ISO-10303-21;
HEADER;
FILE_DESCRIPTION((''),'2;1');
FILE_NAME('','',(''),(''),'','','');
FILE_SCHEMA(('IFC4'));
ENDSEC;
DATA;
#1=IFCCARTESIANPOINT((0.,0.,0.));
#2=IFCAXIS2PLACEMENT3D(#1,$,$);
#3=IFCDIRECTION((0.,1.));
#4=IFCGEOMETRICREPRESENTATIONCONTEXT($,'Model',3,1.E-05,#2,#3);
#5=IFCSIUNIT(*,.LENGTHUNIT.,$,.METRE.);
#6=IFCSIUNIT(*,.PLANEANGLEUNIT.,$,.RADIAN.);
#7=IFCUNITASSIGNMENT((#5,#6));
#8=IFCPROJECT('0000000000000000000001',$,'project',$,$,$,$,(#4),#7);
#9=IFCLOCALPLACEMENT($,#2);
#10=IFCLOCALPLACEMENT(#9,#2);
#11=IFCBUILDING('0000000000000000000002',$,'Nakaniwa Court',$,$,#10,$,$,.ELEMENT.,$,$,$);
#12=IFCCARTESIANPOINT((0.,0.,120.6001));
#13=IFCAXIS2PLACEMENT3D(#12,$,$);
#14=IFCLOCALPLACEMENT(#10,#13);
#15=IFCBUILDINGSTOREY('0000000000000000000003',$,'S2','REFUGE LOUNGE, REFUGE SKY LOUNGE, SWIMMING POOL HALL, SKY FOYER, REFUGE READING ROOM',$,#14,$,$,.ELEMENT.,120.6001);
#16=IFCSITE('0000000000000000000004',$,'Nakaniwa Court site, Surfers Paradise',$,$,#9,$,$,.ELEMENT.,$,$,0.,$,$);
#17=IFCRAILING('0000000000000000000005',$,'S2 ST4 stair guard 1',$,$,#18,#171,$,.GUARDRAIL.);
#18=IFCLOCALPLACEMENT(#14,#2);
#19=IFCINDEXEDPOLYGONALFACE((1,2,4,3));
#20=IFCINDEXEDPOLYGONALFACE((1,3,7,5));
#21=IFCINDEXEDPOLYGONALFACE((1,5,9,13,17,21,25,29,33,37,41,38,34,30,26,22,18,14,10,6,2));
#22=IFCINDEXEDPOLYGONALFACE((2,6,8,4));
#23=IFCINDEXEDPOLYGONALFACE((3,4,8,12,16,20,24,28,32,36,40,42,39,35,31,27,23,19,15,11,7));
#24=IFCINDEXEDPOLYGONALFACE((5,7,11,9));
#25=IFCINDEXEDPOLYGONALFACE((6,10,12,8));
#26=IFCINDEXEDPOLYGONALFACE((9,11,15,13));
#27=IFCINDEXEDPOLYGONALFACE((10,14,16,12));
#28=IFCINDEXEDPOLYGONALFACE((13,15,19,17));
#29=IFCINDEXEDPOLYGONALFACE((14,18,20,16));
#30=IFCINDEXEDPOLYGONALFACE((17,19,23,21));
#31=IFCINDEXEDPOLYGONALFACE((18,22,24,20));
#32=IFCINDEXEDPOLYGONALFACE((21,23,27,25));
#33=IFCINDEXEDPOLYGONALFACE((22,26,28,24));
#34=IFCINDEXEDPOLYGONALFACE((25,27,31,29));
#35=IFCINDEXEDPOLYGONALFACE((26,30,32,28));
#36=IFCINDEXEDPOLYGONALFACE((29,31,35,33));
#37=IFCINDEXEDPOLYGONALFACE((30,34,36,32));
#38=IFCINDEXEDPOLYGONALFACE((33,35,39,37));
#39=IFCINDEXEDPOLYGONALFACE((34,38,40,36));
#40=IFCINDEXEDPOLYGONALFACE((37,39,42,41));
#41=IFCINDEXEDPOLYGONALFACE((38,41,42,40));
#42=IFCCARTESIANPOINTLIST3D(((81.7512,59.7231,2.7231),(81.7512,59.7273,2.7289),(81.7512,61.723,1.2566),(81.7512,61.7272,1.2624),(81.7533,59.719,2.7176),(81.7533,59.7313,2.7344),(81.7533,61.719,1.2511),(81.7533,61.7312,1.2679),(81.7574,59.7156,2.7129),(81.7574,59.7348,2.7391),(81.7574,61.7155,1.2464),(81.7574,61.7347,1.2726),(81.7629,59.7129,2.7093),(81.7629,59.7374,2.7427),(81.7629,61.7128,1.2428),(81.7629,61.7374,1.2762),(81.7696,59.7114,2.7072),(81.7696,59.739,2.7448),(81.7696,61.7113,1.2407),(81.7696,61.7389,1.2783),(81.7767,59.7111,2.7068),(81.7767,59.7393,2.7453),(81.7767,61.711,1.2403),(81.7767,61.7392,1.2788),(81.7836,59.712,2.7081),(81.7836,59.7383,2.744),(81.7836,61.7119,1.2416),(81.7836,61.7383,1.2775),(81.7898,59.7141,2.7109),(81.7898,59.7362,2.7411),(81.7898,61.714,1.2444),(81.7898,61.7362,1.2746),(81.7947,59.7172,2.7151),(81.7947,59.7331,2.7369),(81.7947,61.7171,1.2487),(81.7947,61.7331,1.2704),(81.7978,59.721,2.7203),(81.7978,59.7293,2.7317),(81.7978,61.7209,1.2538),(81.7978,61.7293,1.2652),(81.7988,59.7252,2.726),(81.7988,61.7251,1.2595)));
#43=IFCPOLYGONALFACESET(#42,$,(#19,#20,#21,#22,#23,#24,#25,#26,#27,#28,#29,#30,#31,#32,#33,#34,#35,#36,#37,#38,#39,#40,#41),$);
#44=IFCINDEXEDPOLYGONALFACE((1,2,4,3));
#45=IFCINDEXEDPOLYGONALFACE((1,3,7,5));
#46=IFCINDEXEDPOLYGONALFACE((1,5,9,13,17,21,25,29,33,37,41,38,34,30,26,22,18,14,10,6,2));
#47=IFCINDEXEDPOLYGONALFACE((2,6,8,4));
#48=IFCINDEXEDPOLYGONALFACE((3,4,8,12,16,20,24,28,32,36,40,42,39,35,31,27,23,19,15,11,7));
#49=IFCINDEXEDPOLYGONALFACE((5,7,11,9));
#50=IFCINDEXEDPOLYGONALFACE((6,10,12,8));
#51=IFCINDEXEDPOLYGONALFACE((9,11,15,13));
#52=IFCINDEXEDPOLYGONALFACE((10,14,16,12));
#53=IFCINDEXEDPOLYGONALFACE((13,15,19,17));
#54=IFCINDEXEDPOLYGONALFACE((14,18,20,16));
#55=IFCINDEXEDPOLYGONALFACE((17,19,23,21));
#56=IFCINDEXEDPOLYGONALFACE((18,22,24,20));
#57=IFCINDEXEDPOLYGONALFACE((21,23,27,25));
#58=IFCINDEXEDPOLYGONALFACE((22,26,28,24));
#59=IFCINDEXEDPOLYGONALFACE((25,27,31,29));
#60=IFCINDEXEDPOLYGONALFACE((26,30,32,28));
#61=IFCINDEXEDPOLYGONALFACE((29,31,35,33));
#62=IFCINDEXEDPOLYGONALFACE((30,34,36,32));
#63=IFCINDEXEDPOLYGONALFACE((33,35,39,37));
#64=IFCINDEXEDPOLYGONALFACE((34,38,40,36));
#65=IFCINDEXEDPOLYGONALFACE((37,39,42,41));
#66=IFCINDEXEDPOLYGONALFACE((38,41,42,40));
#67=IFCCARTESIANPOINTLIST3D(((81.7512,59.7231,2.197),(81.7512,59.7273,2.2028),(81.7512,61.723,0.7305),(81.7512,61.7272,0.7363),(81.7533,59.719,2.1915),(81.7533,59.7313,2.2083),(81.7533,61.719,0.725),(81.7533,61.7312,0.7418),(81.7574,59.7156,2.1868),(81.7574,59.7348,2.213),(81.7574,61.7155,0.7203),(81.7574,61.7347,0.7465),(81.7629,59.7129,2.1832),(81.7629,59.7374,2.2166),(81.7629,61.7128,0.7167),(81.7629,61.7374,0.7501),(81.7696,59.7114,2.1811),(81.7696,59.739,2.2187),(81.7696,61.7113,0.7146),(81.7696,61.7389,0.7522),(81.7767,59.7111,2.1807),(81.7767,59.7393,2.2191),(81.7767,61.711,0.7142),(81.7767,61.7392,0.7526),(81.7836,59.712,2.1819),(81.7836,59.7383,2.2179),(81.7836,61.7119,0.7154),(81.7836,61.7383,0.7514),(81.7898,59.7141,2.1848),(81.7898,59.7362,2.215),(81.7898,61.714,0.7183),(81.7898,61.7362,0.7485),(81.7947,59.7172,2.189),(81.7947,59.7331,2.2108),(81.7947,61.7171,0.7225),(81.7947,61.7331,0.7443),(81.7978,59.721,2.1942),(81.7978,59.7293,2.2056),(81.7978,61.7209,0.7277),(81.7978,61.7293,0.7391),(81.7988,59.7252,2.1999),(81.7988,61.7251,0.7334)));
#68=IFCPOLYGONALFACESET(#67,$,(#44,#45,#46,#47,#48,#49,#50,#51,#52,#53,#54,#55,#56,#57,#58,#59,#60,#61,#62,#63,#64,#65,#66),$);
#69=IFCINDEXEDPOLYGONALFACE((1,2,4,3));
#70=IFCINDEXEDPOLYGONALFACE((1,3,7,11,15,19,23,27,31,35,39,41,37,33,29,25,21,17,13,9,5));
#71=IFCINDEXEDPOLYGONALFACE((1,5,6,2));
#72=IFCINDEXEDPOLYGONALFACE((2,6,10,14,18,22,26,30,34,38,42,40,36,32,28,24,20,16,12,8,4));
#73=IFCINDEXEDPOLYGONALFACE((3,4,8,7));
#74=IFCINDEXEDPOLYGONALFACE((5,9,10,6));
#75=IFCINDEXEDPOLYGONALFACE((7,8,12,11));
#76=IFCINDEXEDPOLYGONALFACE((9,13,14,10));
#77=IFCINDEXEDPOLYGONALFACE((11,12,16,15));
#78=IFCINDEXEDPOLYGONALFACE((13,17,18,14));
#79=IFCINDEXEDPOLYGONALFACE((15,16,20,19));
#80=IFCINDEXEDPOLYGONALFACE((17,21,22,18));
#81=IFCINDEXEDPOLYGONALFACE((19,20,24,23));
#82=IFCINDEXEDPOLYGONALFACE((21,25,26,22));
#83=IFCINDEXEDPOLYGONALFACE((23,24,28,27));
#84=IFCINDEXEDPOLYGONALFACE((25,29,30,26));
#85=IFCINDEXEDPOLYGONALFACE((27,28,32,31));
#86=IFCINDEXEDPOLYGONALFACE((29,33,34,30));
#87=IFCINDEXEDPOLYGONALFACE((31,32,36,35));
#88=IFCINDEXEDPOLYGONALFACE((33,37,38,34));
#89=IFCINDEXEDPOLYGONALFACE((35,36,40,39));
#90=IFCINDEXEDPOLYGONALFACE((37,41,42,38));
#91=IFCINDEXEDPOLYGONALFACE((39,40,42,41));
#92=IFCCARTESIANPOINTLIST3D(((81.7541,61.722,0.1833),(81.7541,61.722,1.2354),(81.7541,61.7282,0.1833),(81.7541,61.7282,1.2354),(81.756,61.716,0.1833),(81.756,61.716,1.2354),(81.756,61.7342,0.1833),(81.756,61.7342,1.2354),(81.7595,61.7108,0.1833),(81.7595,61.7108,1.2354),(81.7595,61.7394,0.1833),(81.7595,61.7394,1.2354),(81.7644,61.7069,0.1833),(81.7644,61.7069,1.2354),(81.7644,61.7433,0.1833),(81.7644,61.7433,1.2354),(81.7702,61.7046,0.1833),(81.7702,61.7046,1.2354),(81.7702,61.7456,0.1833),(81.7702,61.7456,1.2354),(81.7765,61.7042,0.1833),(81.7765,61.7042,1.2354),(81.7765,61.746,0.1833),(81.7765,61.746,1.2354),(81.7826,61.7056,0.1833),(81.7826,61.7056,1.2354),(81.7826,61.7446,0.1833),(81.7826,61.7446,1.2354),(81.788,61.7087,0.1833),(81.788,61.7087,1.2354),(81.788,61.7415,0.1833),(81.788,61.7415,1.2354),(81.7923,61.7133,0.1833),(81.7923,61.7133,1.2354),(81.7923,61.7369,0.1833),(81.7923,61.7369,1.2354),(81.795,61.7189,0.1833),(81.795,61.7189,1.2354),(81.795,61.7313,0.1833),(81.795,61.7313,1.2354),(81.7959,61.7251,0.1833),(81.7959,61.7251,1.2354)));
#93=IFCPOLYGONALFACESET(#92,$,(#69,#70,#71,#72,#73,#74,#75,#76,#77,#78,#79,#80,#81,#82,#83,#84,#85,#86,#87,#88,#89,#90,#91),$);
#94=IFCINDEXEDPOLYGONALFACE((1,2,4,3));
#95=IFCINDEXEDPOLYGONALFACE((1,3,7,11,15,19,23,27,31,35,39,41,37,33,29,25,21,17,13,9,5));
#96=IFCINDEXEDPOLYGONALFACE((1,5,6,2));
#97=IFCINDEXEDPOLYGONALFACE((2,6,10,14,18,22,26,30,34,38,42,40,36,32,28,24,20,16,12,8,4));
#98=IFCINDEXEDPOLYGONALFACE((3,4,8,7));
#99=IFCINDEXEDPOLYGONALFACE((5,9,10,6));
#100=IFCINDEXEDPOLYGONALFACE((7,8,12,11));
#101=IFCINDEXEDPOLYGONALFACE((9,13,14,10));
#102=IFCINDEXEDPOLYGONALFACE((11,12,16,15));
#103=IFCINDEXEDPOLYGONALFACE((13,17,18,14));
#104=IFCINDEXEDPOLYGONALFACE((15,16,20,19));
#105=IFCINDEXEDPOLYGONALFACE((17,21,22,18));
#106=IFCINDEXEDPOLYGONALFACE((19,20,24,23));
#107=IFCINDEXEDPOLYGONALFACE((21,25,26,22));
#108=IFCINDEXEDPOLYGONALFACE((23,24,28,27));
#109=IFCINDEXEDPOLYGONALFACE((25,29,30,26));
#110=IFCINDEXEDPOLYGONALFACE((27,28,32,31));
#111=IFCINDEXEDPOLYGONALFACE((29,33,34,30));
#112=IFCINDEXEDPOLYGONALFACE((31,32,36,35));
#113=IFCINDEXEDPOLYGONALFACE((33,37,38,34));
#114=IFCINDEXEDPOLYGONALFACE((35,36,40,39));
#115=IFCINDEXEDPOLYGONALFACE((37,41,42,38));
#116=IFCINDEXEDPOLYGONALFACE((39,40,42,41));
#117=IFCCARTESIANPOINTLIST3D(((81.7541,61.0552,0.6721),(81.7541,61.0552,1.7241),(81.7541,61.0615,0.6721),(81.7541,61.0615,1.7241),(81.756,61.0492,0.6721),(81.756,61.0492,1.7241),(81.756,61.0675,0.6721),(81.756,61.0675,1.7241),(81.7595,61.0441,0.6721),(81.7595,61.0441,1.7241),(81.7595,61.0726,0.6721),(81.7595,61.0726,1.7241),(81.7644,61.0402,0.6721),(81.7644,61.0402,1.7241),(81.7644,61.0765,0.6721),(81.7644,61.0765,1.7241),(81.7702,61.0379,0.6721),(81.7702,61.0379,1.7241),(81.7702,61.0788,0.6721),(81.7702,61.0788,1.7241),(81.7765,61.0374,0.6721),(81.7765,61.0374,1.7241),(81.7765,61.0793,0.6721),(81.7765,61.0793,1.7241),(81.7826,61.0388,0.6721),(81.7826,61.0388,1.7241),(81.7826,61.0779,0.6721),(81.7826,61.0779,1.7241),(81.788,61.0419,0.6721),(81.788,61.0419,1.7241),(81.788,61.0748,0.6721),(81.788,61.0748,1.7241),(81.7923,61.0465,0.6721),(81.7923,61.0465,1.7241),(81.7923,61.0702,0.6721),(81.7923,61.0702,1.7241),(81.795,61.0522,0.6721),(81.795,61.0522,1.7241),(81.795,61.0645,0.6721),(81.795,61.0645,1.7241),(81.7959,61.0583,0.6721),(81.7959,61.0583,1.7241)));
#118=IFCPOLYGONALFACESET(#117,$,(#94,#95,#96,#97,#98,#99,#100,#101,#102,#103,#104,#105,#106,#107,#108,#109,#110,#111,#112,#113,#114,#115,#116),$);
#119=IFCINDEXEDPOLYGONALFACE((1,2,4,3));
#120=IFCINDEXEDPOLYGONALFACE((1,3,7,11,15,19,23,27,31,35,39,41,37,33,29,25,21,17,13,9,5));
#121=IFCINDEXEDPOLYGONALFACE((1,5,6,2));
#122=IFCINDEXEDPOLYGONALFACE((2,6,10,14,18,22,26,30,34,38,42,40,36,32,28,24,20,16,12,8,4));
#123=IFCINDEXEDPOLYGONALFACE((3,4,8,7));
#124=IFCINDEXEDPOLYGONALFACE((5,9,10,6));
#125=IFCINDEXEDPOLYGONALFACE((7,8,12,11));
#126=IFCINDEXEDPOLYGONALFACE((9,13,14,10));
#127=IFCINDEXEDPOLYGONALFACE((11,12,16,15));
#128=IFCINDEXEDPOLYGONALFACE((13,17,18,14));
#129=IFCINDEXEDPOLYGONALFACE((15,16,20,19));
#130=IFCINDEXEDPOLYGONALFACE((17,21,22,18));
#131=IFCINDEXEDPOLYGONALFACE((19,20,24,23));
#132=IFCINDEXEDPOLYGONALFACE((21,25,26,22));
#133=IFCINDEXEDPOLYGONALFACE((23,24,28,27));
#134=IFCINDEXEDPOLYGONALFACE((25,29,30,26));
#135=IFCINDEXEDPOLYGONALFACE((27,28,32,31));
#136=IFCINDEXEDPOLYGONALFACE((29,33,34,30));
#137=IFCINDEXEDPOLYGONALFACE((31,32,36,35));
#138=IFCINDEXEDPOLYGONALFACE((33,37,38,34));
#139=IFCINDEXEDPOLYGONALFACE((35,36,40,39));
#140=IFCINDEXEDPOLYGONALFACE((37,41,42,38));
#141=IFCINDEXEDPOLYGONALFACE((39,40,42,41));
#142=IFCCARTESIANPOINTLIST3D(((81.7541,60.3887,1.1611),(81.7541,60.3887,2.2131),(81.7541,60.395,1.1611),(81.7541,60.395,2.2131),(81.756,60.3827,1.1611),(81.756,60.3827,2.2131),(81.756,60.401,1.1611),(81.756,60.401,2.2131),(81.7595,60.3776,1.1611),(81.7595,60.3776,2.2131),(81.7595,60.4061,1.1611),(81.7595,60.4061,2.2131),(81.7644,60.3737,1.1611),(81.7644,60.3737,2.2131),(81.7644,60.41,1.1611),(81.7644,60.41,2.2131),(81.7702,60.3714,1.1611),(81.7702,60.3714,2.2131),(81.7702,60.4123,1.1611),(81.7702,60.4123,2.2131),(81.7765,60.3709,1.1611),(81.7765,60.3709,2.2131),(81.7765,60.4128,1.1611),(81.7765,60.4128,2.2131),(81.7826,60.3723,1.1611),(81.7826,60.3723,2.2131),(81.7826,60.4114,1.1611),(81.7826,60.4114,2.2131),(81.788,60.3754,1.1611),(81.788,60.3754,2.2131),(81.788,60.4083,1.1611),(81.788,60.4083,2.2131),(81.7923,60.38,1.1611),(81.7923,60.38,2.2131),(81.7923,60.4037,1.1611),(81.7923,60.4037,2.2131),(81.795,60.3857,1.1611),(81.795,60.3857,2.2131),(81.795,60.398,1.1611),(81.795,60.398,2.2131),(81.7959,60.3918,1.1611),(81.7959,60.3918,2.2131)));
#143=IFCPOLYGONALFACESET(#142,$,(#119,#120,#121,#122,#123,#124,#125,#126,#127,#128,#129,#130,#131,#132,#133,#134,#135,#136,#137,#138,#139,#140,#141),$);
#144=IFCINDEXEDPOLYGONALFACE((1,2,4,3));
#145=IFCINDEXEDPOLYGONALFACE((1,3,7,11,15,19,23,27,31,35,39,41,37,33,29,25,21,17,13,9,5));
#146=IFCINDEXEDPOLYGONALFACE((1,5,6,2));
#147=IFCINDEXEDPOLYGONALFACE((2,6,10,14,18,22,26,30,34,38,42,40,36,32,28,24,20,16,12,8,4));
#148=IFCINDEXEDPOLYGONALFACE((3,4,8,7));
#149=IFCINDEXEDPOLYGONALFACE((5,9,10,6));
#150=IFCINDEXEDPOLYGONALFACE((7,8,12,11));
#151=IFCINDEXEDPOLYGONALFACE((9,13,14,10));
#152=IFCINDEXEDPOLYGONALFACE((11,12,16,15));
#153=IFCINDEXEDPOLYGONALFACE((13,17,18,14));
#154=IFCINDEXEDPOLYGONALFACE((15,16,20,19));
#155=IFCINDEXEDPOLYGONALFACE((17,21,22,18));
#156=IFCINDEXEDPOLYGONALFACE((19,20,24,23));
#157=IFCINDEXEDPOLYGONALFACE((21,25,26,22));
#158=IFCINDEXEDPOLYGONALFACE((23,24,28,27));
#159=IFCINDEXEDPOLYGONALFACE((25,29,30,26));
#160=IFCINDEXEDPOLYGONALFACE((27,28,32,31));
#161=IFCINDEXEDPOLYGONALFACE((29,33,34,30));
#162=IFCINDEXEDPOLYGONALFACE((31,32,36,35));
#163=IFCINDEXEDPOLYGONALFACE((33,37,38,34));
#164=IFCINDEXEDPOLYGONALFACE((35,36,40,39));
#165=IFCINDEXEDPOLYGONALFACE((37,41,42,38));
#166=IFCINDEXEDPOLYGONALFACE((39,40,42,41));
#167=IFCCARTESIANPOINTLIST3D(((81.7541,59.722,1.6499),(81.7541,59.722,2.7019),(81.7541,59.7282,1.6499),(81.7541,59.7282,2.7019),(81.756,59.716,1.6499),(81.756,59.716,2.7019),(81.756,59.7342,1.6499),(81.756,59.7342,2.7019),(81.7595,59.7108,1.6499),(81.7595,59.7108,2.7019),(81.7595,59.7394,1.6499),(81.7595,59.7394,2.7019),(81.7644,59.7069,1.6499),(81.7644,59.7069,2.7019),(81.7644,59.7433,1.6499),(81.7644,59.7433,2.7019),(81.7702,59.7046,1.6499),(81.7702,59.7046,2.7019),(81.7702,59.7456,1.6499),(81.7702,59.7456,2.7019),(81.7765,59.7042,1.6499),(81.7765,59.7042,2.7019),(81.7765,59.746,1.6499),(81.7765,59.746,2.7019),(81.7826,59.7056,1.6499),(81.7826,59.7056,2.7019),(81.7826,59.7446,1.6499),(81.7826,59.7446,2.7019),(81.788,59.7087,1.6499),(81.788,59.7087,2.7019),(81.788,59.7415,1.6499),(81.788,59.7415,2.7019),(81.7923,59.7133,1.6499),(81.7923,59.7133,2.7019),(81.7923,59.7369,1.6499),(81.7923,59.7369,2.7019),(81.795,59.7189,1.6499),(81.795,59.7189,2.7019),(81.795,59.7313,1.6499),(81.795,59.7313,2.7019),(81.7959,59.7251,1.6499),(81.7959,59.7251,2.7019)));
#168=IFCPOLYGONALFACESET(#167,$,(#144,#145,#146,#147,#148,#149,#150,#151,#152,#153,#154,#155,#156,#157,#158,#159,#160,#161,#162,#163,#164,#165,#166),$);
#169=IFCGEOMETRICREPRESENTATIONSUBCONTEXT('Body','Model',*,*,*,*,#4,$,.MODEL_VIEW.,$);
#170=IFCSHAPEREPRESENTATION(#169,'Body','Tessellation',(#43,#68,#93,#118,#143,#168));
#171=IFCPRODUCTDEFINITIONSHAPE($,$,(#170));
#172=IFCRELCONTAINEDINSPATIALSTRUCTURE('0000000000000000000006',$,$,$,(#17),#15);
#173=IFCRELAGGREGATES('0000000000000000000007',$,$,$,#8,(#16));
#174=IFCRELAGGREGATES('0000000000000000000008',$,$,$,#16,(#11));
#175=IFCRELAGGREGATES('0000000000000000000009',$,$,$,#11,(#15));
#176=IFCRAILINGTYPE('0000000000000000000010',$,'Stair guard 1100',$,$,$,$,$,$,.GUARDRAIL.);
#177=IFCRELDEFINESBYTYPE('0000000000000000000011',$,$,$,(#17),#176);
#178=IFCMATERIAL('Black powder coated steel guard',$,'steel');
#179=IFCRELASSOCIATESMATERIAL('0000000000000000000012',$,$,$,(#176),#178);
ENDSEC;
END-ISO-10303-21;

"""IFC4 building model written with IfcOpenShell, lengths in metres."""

from ifc_helpers import new_model, si_unit, direction, frame, origin, origin_2d, place, context, subcontext, project, spatial, circle, extrude, material, type_object, element, save


model = new_model("IFC4")

# Units and contexts
model_context = context("Model", 3, precision=1e-05, world=origin(), true_north=direction((0.0, 1.0)))
body_context = subcontext(model_context, "Body", "Model", "MODEL_VIEW")
ifc_project = project(units=[si_unit("LENGTHUNIT", "METRE"), si_unit("PLANEANGLEUNIT", "RADIAN")], contexts=[model_context])

# Site, building, storey
site_placement = place(None, origin())
site = spatial("IfcSite", under=ifc_project, at=site_placement, Name="Nakaniwa Court site, Surfers Paradise", CompositionType="ELEMENT", RefElevation=0.0)
building_placement = place(site_placement, origin())
building = spatial("IfcBuilding", under=site, at=building_placement, Name="Nakaniwa Court", CompositionType="ELEMENT")
storey_placement = place(building_placement, frame((0.0, 0.0, 120.6001)))
storey = spatial("IfcBuildingStorey", under=building, at=storey_placement, Name="S2", Description="REFUGE LOUNGE, REFUGE SKY LOUNGE, SWIMMING POOL HALL, SKY FOYER, REFUGE READING ROOM", CompositionType="ELEMENT", Elevation=120.6001)

# Railing
ifc_material_1 = material(Name="Black powder coated steel guard", Category="steel")
railing_type_1 = type_object("IfcRailingType", Name="Stair guard 1100", PredefinedType="GUARDRAIL", material=ifc_material_1)
railing_1_placement = place(storey_placement, frame((81.7749, 61.7251, 0.1833)))
element("IfcRailing", 1, at=railing_1_placement, inside=storey, type_object=railing_type_1, Name="S2 ST4 stair guard 1", PredefinedType="GUARDRAIL", context=body_context, shape_type="SweptSolid", body=[
    extrude(circle(Radius=0.0239, at=origin_2d()), frame((0.0, 0.0, 1.0762), z_axis=(0.0, -0.806427, 0.591334), x_axis=(1.0, 0.0, 0.0)), (0.0, 0.0, 1.0), 2.48),
    extrude(circle(Radius=0.0239, at=origin_2d()), frame((0.0, 0.0, 0.55), z_axis=(0.0, -0.806427, 0.591334), x_axis=(1.0, 0.0, 0.0)), (0.0, 0.0, 1.0), 2.48),
    extrude(circle(Radius=0.021, at=origin_2d()), origin(), (0.0, 0.0, 1.0), 1.052),
    extrude(circle(Radius=0.021, at=origin_2d()), frame((0.0, -0.6667, 0.4888)), (0.0, 0.0, 1.0), 1.052),
    extrude(circle(Radius=0.021, at=origin_2d()), frame((0.0, -1.3333, 0.9778)), (0.0, 0.0, 1.0), 1.052),
    extrude(circle(Radius=0.021, at=origin_2d()), frame((0.0, -2.0, 1.4666)), (0.0, 0.0, 1.0), 1.052),
])

save(model, "model.ifc")
